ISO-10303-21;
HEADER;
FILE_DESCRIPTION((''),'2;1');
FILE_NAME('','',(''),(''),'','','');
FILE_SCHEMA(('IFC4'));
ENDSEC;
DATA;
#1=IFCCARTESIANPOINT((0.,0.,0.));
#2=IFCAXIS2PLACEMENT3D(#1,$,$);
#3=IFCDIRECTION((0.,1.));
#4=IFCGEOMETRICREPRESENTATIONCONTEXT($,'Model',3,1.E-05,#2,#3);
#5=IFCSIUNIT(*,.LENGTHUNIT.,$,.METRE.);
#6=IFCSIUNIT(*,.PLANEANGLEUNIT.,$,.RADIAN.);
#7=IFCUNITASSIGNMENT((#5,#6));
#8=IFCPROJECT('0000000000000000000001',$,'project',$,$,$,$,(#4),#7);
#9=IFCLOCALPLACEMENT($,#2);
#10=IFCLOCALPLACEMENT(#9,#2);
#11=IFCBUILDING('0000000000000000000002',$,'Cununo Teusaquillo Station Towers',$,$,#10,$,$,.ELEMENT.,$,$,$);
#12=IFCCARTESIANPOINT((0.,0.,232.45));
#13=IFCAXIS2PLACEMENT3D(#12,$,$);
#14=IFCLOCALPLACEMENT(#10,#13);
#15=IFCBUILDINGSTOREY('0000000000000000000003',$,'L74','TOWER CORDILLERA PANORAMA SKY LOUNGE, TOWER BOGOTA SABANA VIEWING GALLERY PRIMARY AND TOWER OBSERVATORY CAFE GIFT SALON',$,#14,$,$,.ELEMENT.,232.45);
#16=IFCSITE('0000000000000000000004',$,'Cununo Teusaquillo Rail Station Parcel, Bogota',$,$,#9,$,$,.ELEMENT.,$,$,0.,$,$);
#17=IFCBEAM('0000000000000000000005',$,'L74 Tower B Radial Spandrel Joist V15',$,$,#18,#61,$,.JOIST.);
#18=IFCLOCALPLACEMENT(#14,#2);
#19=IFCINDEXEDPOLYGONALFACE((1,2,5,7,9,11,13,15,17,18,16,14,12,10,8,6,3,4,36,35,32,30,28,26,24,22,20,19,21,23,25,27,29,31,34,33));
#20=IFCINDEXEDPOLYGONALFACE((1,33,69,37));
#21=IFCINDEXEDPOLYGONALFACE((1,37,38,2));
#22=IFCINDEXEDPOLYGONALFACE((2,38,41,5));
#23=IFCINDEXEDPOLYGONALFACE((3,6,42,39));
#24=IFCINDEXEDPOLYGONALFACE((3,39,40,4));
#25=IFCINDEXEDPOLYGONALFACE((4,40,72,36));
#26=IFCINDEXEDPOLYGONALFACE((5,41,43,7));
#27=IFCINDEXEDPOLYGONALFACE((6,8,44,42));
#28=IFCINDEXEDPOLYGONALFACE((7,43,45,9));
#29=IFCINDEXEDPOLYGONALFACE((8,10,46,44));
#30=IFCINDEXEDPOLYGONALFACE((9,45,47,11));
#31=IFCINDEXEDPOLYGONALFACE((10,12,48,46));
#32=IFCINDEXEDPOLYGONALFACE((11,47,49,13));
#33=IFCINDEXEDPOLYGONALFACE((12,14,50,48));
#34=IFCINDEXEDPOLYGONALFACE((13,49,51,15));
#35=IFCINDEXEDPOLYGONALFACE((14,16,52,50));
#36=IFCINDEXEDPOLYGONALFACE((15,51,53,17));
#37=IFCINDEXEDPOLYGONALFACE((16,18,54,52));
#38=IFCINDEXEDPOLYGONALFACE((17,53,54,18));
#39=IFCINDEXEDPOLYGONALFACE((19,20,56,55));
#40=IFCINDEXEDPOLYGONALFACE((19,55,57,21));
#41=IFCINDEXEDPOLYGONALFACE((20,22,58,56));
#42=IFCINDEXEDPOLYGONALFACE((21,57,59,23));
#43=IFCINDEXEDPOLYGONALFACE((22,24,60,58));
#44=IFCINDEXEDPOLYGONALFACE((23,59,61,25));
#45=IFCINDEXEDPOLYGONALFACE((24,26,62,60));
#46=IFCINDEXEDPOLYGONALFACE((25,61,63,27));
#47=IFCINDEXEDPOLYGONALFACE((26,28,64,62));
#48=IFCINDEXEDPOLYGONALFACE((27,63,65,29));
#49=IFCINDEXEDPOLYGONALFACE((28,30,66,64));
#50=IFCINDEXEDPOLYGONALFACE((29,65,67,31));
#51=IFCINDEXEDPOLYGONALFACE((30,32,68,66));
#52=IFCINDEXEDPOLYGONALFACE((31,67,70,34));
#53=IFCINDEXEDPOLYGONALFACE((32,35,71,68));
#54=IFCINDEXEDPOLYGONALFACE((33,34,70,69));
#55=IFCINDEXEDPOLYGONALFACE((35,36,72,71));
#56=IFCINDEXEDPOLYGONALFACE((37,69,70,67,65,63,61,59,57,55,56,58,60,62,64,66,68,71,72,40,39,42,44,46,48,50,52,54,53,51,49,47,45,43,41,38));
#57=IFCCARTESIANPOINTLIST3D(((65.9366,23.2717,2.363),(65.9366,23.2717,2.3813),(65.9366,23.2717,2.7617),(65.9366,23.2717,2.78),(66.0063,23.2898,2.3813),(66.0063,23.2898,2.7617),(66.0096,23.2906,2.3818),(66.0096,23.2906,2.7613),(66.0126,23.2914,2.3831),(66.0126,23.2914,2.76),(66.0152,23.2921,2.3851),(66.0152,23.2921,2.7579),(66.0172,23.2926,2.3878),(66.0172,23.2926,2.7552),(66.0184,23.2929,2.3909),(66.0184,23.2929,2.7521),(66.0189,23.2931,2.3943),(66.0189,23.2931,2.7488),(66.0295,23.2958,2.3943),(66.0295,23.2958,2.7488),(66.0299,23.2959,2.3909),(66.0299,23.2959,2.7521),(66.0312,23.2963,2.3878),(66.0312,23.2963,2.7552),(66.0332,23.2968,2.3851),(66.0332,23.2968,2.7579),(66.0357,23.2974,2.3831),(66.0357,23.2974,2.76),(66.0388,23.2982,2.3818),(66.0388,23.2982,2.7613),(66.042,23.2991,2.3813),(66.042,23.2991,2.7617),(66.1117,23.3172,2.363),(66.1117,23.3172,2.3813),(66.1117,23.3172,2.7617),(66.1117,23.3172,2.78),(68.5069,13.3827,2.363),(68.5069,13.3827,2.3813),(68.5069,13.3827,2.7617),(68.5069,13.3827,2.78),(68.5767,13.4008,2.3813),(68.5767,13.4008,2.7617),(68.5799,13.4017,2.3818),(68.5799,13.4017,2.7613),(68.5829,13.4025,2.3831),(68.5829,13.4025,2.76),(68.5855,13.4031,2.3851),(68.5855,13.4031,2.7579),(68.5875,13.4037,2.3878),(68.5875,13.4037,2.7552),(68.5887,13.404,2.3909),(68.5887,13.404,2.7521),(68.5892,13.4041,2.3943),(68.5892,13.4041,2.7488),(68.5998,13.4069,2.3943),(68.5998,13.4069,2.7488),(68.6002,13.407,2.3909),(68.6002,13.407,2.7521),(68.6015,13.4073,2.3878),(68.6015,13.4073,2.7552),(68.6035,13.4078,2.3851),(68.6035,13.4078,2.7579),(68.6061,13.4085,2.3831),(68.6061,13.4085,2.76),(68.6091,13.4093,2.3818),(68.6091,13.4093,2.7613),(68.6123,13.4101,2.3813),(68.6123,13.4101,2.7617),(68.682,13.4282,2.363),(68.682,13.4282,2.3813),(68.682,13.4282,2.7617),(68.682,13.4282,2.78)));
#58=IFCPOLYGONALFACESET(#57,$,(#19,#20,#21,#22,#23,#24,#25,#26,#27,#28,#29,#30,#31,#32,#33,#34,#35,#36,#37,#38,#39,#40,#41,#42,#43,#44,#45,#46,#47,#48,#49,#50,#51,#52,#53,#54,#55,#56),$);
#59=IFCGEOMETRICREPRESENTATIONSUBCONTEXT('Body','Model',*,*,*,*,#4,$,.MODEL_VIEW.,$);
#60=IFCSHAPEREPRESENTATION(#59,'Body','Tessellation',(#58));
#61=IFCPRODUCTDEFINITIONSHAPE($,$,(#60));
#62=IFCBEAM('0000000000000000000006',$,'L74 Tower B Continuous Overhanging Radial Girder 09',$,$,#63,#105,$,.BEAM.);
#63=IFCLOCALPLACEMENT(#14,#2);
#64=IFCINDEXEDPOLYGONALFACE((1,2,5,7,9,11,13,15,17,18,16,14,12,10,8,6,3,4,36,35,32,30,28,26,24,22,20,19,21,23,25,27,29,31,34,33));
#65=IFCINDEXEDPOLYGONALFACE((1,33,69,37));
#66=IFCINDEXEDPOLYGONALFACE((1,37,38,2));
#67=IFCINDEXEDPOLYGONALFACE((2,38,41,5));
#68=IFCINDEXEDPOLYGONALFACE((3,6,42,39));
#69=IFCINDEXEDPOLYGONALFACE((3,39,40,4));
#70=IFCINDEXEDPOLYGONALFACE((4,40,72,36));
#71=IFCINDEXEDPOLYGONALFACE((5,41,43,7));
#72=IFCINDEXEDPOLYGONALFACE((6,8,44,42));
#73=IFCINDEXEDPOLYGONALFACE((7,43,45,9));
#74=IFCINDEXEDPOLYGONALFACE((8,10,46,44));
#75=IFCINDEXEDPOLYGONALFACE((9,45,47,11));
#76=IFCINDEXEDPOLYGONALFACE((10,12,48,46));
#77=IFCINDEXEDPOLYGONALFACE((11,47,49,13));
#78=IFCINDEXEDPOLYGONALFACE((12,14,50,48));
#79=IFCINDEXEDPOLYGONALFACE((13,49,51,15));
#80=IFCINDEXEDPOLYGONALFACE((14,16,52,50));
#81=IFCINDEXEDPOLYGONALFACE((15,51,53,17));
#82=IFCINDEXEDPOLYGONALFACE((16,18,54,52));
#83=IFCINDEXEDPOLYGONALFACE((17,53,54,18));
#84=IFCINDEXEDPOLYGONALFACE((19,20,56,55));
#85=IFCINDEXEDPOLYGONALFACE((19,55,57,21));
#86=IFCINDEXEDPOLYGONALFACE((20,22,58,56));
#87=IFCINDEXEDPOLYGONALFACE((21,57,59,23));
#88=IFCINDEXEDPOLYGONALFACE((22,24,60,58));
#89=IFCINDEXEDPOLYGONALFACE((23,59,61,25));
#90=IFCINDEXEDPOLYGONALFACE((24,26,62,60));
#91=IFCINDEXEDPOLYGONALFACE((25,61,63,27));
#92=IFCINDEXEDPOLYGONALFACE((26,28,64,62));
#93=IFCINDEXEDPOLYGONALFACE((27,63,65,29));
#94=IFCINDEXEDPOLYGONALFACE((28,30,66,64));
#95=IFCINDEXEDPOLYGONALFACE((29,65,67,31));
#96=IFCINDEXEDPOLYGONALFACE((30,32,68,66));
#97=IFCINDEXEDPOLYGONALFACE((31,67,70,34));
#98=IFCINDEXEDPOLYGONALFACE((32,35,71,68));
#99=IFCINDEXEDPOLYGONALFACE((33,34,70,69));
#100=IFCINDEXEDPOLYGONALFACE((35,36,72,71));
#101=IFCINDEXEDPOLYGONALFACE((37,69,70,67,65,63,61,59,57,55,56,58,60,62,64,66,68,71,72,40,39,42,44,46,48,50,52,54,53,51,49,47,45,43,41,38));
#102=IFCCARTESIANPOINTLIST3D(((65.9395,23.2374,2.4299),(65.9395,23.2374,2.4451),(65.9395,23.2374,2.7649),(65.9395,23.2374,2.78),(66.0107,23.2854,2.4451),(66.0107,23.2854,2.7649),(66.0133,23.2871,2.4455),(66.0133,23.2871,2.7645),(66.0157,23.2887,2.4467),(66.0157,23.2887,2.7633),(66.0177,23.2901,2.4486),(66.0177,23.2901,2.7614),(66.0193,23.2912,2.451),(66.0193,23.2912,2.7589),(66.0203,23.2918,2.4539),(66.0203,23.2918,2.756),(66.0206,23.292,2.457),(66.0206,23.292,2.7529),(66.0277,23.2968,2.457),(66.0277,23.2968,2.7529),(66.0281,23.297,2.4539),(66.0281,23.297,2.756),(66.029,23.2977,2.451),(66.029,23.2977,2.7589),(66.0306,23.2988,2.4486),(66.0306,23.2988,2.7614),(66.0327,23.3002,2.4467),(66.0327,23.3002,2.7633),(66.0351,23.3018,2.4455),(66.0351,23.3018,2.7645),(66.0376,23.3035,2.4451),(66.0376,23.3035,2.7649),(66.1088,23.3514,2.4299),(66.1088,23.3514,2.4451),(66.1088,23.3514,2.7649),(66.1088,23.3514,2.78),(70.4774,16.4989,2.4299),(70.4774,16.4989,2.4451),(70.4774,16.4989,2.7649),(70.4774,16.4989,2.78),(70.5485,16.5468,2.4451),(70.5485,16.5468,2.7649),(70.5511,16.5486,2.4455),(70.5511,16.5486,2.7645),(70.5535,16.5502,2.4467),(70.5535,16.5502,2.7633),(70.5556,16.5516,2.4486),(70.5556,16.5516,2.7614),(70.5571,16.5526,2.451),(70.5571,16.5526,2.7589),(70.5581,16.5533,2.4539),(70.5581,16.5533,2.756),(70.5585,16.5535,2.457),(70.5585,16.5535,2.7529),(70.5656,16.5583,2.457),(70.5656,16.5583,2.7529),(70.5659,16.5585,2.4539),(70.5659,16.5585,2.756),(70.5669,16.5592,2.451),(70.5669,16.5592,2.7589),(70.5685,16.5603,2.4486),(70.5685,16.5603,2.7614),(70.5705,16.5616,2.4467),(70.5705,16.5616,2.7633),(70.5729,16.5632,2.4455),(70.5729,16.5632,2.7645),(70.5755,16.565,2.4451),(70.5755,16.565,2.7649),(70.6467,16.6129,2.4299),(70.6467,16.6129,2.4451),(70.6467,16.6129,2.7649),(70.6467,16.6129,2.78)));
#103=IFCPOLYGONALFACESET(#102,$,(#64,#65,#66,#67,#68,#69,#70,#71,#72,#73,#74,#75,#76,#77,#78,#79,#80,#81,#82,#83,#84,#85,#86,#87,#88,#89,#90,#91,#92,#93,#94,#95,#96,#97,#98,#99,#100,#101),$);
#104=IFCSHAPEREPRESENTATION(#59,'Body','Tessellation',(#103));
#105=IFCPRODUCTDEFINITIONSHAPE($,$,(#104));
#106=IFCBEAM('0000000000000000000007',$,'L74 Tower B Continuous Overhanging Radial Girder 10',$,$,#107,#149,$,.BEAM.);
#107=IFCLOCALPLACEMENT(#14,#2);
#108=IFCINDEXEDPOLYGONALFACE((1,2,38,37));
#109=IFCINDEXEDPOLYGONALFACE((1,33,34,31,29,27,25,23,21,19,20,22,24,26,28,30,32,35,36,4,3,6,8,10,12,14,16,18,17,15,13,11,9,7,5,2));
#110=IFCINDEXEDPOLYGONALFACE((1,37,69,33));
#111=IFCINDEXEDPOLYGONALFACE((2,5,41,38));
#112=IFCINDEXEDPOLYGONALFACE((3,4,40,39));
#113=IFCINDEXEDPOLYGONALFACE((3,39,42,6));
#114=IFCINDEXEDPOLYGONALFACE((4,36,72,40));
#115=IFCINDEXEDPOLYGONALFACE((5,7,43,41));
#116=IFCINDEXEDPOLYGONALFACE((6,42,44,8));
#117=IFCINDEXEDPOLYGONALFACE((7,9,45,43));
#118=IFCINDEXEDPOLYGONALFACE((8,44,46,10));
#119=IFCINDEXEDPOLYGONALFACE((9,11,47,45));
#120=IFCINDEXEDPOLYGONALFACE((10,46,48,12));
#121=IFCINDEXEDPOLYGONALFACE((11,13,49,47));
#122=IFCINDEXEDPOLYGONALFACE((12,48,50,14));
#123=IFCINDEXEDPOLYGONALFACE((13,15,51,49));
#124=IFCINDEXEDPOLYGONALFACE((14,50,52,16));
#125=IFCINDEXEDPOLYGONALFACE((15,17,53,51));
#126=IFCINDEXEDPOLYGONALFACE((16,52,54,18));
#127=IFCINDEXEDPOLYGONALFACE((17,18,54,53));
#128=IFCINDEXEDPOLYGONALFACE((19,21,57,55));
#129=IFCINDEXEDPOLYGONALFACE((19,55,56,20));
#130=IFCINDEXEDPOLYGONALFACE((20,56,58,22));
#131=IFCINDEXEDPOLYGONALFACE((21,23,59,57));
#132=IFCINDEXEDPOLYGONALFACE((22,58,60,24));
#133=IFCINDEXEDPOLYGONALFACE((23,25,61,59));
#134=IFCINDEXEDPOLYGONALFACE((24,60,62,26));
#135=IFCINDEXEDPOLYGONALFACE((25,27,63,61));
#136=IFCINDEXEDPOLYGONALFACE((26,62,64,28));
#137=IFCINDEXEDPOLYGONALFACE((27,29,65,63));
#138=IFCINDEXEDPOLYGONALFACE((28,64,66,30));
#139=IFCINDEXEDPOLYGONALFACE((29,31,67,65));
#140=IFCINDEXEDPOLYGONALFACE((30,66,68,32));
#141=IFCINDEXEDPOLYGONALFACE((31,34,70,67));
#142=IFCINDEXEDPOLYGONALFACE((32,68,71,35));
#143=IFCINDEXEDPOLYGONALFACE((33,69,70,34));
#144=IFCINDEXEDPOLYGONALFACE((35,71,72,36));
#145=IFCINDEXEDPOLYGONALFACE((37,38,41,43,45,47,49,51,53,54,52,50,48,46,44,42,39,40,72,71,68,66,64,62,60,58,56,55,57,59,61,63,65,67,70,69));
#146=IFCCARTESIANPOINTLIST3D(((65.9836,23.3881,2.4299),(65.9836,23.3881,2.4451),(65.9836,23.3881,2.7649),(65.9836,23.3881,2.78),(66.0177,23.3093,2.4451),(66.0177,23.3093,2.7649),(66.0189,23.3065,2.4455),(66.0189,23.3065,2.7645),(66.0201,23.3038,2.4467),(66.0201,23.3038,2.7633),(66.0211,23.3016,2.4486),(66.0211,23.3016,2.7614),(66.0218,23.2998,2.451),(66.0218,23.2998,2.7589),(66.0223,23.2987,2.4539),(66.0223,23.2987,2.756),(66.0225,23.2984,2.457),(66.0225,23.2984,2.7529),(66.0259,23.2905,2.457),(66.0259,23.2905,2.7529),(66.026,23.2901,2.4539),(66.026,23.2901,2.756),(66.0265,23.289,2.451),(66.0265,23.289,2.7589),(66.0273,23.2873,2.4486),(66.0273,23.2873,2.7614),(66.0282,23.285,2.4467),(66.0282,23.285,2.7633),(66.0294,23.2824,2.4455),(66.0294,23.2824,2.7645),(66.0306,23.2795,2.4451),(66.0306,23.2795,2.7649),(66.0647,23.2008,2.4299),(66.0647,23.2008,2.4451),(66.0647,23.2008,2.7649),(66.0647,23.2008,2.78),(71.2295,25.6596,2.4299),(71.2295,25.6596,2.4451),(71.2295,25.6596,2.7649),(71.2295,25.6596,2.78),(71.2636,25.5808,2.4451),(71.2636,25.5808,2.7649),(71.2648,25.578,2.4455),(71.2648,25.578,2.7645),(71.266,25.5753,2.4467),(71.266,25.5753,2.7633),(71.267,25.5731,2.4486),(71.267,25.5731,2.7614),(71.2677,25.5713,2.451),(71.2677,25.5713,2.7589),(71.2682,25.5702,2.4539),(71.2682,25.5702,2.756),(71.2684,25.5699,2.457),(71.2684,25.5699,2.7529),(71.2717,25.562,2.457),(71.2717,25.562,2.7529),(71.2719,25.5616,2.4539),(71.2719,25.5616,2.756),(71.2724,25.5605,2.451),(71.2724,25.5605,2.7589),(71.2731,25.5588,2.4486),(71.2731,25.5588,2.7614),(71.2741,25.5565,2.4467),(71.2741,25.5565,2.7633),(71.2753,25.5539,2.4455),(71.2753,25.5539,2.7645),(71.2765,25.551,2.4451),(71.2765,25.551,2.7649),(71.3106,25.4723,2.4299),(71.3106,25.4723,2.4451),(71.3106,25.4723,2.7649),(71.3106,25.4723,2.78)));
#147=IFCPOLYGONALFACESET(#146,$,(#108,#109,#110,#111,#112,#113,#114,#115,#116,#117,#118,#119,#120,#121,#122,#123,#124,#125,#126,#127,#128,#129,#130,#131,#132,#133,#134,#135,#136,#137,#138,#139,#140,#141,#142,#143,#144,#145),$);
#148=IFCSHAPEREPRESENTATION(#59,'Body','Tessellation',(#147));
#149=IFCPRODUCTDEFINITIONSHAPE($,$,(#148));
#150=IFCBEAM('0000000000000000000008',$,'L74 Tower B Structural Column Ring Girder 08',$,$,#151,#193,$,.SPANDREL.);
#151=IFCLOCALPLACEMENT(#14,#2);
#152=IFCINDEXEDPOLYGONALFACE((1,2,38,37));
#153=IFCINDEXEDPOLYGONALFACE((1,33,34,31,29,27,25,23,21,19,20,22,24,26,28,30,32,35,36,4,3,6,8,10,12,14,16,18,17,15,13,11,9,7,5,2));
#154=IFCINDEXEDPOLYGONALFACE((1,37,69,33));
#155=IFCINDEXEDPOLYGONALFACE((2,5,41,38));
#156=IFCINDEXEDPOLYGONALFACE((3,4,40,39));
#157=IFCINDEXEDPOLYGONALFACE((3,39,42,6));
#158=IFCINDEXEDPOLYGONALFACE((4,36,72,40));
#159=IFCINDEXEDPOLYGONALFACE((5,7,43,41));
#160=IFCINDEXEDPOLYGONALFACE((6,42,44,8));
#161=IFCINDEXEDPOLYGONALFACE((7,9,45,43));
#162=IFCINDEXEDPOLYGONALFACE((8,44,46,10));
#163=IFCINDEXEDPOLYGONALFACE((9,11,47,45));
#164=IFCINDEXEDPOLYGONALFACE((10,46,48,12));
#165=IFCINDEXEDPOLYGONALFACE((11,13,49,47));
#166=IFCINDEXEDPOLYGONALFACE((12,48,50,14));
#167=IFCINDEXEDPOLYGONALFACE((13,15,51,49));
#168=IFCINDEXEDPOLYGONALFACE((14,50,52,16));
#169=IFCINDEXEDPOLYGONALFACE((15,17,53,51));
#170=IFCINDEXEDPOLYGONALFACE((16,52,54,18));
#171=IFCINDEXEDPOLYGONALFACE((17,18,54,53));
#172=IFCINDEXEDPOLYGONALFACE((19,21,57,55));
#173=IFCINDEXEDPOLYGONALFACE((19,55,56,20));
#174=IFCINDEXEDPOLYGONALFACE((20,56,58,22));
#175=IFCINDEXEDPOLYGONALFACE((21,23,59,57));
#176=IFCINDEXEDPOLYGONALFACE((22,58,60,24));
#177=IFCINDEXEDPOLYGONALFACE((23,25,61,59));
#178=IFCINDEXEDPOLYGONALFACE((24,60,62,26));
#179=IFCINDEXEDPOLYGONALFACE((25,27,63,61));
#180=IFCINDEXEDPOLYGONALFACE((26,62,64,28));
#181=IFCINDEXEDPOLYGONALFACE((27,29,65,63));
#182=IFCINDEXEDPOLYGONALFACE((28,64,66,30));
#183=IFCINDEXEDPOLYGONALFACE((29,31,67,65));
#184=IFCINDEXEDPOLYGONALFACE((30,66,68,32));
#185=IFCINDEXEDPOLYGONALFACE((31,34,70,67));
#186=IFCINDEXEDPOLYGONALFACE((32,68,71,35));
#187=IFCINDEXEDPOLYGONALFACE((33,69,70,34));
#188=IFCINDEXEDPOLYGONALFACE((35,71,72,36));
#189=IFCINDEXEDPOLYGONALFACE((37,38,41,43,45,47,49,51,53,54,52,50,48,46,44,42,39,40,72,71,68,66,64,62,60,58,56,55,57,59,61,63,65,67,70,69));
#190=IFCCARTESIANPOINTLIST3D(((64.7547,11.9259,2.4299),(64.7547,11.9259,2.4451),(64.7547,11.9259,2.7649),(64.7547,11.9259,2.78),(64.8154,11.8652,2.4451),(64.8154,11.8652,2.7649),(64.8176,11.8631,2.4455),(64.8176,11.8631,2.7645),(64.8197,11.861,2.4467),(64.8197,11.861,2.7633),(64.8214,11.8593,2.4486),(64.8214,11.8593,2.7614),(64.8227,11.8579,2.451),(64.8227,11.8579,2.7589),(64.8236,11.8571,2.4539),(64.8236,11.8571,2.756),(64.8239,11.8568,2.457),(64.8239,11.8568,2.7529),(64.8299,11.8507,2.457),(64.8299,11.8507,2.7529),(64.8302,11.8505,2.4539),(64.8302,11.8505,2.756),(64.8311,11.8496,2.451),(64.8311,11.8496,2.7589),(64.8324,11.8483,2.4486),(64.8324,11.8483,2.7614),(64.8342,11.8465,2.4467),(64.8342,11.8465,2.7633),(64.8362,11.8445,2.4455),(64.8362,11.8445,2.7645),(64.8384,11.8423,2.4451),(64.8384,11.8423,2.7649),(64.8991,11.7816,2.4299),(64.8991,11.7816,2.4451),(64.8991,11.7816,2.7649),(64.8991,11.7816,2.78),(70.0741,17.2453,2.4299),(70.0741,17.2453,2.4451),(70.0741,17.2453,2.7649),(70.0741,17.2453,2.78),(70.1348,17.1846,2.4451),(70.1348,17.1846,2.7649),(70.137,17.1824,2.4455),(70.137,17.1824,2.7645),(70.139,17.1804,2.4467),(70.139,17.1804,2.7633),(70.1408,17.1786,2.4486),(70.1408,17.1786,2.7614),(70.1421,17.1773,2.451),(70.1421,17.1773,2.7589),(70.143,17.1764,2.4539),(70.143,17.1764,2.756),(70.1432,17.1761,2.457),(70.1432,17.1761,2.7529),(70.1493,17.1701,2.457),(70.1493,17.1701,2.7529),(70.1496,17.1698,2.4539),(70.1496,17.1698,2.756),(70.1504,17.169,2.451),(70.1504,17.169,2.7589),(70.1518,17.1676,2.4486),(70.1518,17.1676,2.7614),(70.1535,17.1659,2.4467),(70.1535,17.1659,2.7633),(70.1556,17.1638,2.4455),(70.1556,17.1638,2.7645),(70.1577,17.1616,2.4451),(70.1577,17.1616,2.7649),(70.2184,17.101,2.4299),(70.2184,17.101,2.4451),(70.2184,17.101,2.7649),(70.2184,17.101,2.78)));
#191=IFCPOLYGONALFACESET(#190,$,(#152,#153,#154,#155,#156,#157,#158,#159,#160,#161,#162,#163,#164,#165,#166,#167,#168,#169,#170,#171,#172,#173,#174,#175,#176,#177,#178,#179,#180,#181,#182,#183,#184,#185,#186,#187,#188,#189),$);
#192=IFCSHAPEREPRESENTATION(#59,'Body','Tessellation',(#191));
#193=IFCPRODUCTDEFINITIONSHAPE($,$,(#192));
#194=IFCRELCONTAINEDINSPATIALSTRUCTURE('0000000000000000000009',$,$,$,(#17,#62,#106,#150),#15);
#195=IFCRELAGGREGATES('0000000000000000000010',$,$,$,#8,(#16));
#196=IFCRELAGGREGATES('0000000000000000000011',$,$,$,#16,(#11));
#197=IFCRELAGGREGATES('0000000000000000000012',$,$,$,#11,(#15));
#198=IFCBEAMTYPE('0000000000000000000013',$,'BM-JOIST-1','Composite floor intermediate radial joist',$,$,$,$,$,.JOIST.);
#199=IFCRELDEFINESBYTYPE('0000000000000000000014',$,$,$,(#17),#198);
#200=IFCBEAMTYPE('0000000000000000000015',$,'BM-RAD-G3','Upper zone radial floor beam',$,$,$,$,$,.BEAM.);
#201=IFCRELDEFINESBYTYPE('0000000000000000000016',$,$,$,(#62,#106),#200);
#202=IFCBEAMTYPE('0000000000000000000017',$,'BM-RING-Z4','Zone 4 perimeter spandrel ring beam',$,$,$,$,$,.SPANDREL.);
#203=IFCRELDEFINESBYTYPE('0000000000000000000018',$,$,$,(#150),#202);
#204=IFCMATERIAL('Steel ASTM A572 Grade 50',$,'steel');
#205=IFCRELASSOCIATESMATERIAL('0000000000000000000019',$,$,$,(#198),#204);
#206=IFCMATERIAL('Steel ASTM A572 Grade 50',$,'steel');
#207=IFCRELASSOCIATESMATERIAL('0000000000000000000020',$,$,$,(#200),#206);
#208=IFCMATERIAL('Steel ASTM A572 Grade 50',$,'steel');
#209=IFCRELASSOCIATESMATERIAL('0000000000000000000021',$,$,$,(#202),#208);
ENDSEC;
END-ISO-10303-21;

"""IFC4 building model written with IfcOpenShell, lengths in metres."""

from ifc_helpers import new_model, si_unit, direction, frame, origin, origin_2d, place, context, subcontext, project, spatial, i_section, extrude, material, material_profile, profile_set, type_object, element, save


model = new_model("IFC4")

# Units and contexts
model_context = context("Model", 3, precision=1e-05, world=origin(), true_north=direction((0.0, 1.0)))
body_context = subcontext(model_context, "Body", "Model", "MODEL_VIEW")
ifc_project = project(units=[si_unit("LENGTHUNIT", "METRE"), si_unit("PLANEANGLEUNIT", "RADIAN")], contexts=[model_context])

# Site, building, storey
site_placement = place(None, origin())
site = spatial("IfcSite", under=ifc_project, at=site_placement, Name="Cununo Teusaquillo Rail Station Parcel, Bogota", CompositionType="ELEMENT", RefElevation=0.0)
building_placement = place(site_placement, origin())
building = spatial("IfcBuilding", under=site, at=building_placement, Name="Cununo Teusaquillo Station Towers", CompositionType="ELEMENT")
storey_placement = place(building_placement, frame((0.0, 0.0, 232.45)))
storey = spatial("IfcBuildingStorey", under=building, at=storey_placement, Name="L74", Description="TOWER CORDILLERA PANORAMA SKY LOUNGE, TOWER BOGOTA SABANA VIEWING GALLERY PRIMARY AND TOWER OBSERVATORY CAFE GIFT SALON", CompositionType="ELEMENT", Elevation=232.45)

# Beams
ifc_material_1 = material(Name="Steel ASTM A572 Grade 50", Category="steel")
ifc_material_profile_1 = material_profile(ifc_material_1, i_section(OverallWidth=0.1809, OverallDepth=0.417, WebThickness=0.011, FlangeThickness=0.0183, FilletRadius=0.0129, at=origin_2d()), Name="W16X57")
ifc_profile_set_1 = profile_set([ifc_material_profile_1], Name="Steel ASTM A572 Grade 50")
beam_type_1 = type_object("IfcBeamType", Name="BM-JOIST-1", Description="Composite floor intermediate radial joist", PredefinedType="JOIST", material=ifc_profile_set_1)
beam_1_placement = place(storey_placement, frame((66.0242, 23.2944, 2.5715), z_axis=(0.25156, -0.967842, 0.0), x_axis=(0.967842, 0.25156, 0.0)))
element("IfcBeam", 1, at=beam_1_placement, inside=storey, type_object=beam_type_1, Name="L74 Tower B Radial Spandrel Joist V15", PredefinedType="JOIST", context=body_context, shape_type="SweptSolid", body=[
    extrude(i_section(OverallWidth=0.1809, OverallDepth=0.417, WebThickness=0.011, FlangeThickness=0.0183, FilletRadius=0.0129, at=origin_2d()), origin(), (0.0, 0.0, 1.0), 10.2175),
])
ifc_material_2 = material(Name="Steel ASTM A572 Grade 50", Category="steel")
ifc_material_profile_2 = material_profile(ifc_material_2, i_section(OverallWidth=0.2041, OverallDepth=0.3501, WebThickness=0.0085, FlangeThickness=0.0151, FilletRadius=0.012, at=origin_2d()), Name="W14X48")
ifc_profile_set_2 = profile_set([ifc_material_profile_2], Name="Steel ASTM A572 Grade 50")
beam_type_2 = type_object("IfcBeamType", Name="BM-RAD-G3", Description="Upper zone radial floor beam", PredefinedType="BEAM", material=ifc_profile_set_2)
beam_2_placement = place(storey_placement, frame((66.0242, 23.2944, 2.605), z_axis=(0.558571, -0.829457, 0.0), x_axis=(0.829457, 0.558571, 0.0)))
element("IfcBeam", 2, at=beam_2_placement, inside=storey, type_object=beam_type_2, Name="L74 Tower B Continuous Overhanging Radial Girder 09", PredefinedType="BEAM", context=body_context, shape_type="SweptSolid", body=[
    extrude(i_section(OverallWidth=0.2041, OverallDepth=0.3501, WebThickness=0.0085, FlangeThickness=0.0151, FilletRadius=0.012, at=origin_2d()), origin(), (0.0, 0.0, 1.0), 8.124),
])
beam_3_placement = place(storey_placement, frame((66.0242, 23.2944, 2.605), z_axis=(0.917665, 0.397355, 0.0), x_axis=(-0.397355, 0.917665, 0.0)))
element("IfcBeam", 3, at=beam_3_placement, inside=storey, type_object=beam_type_2, Name="L74 Tower B Continuous Overhanging Radial Girder 10", PredefinedType="BEAM", context=body_context, shape_type="SweptSolid", body=[
    extrude(i_section(OverallWidth=0.2041, OverallDepth=0.3501, WebThickness=0.0085, FlangeThickness=0.0151, FilletRadius=0.012, at=origin_2d()), origin(), (0.0, 0.0, 1.0), 5.7166),
])
ifc_material_3 = material(Name="Steel ASTM A572 Grade 50", Category="steel")
ifc_material_profile_3 = material_profile(ifc_material_3, i_section(OverallWidth=0.2041, OverallDepth=0.3501, WebThickness=0.0085, FlangeThickness=0.0151, FilletRadius=0.012, at=origin_2d()), Name="W14X48")
ifc_profile_set_3 = profile_set([ifc_material_profile_3], Name="Steel ASTM A572 Grade 50")
beam_type_3 = type_object("IfcBeamType", Name="BM-RING-Z4", Description="Zone 4 perimeter spandrel ring beam", PredefinedType="SPANDREL", material=ifc_profile_set_3)
beam_4_placement = place(storey_placement, frame((64.8269, 11.8538, 2.605), z_axis=(0.707107, 0.707107, 0.0), x_axis=(-0.707107, 0.707107, 0.0)))
element("IfcBeam", 4, at=beam_4_placement, inside=storey, type_object=beam_type_3, Name="L74 Tower B Structural Column Ring Girder 08", PredefinedType="SPANDREL", context=body_context, shape_type="SweptSolid", body=[
    extrude(i_section(OverallWidth=0.2041, OverallDepth=0.3501, WebThickness=0.0085, FlangeThickness=0.0151, FilletRadius=0.012, at=origin_2d()), origin(), (0.0, 0.0, 1.0), 7.5227),
])

save(model, "model.ifc")
